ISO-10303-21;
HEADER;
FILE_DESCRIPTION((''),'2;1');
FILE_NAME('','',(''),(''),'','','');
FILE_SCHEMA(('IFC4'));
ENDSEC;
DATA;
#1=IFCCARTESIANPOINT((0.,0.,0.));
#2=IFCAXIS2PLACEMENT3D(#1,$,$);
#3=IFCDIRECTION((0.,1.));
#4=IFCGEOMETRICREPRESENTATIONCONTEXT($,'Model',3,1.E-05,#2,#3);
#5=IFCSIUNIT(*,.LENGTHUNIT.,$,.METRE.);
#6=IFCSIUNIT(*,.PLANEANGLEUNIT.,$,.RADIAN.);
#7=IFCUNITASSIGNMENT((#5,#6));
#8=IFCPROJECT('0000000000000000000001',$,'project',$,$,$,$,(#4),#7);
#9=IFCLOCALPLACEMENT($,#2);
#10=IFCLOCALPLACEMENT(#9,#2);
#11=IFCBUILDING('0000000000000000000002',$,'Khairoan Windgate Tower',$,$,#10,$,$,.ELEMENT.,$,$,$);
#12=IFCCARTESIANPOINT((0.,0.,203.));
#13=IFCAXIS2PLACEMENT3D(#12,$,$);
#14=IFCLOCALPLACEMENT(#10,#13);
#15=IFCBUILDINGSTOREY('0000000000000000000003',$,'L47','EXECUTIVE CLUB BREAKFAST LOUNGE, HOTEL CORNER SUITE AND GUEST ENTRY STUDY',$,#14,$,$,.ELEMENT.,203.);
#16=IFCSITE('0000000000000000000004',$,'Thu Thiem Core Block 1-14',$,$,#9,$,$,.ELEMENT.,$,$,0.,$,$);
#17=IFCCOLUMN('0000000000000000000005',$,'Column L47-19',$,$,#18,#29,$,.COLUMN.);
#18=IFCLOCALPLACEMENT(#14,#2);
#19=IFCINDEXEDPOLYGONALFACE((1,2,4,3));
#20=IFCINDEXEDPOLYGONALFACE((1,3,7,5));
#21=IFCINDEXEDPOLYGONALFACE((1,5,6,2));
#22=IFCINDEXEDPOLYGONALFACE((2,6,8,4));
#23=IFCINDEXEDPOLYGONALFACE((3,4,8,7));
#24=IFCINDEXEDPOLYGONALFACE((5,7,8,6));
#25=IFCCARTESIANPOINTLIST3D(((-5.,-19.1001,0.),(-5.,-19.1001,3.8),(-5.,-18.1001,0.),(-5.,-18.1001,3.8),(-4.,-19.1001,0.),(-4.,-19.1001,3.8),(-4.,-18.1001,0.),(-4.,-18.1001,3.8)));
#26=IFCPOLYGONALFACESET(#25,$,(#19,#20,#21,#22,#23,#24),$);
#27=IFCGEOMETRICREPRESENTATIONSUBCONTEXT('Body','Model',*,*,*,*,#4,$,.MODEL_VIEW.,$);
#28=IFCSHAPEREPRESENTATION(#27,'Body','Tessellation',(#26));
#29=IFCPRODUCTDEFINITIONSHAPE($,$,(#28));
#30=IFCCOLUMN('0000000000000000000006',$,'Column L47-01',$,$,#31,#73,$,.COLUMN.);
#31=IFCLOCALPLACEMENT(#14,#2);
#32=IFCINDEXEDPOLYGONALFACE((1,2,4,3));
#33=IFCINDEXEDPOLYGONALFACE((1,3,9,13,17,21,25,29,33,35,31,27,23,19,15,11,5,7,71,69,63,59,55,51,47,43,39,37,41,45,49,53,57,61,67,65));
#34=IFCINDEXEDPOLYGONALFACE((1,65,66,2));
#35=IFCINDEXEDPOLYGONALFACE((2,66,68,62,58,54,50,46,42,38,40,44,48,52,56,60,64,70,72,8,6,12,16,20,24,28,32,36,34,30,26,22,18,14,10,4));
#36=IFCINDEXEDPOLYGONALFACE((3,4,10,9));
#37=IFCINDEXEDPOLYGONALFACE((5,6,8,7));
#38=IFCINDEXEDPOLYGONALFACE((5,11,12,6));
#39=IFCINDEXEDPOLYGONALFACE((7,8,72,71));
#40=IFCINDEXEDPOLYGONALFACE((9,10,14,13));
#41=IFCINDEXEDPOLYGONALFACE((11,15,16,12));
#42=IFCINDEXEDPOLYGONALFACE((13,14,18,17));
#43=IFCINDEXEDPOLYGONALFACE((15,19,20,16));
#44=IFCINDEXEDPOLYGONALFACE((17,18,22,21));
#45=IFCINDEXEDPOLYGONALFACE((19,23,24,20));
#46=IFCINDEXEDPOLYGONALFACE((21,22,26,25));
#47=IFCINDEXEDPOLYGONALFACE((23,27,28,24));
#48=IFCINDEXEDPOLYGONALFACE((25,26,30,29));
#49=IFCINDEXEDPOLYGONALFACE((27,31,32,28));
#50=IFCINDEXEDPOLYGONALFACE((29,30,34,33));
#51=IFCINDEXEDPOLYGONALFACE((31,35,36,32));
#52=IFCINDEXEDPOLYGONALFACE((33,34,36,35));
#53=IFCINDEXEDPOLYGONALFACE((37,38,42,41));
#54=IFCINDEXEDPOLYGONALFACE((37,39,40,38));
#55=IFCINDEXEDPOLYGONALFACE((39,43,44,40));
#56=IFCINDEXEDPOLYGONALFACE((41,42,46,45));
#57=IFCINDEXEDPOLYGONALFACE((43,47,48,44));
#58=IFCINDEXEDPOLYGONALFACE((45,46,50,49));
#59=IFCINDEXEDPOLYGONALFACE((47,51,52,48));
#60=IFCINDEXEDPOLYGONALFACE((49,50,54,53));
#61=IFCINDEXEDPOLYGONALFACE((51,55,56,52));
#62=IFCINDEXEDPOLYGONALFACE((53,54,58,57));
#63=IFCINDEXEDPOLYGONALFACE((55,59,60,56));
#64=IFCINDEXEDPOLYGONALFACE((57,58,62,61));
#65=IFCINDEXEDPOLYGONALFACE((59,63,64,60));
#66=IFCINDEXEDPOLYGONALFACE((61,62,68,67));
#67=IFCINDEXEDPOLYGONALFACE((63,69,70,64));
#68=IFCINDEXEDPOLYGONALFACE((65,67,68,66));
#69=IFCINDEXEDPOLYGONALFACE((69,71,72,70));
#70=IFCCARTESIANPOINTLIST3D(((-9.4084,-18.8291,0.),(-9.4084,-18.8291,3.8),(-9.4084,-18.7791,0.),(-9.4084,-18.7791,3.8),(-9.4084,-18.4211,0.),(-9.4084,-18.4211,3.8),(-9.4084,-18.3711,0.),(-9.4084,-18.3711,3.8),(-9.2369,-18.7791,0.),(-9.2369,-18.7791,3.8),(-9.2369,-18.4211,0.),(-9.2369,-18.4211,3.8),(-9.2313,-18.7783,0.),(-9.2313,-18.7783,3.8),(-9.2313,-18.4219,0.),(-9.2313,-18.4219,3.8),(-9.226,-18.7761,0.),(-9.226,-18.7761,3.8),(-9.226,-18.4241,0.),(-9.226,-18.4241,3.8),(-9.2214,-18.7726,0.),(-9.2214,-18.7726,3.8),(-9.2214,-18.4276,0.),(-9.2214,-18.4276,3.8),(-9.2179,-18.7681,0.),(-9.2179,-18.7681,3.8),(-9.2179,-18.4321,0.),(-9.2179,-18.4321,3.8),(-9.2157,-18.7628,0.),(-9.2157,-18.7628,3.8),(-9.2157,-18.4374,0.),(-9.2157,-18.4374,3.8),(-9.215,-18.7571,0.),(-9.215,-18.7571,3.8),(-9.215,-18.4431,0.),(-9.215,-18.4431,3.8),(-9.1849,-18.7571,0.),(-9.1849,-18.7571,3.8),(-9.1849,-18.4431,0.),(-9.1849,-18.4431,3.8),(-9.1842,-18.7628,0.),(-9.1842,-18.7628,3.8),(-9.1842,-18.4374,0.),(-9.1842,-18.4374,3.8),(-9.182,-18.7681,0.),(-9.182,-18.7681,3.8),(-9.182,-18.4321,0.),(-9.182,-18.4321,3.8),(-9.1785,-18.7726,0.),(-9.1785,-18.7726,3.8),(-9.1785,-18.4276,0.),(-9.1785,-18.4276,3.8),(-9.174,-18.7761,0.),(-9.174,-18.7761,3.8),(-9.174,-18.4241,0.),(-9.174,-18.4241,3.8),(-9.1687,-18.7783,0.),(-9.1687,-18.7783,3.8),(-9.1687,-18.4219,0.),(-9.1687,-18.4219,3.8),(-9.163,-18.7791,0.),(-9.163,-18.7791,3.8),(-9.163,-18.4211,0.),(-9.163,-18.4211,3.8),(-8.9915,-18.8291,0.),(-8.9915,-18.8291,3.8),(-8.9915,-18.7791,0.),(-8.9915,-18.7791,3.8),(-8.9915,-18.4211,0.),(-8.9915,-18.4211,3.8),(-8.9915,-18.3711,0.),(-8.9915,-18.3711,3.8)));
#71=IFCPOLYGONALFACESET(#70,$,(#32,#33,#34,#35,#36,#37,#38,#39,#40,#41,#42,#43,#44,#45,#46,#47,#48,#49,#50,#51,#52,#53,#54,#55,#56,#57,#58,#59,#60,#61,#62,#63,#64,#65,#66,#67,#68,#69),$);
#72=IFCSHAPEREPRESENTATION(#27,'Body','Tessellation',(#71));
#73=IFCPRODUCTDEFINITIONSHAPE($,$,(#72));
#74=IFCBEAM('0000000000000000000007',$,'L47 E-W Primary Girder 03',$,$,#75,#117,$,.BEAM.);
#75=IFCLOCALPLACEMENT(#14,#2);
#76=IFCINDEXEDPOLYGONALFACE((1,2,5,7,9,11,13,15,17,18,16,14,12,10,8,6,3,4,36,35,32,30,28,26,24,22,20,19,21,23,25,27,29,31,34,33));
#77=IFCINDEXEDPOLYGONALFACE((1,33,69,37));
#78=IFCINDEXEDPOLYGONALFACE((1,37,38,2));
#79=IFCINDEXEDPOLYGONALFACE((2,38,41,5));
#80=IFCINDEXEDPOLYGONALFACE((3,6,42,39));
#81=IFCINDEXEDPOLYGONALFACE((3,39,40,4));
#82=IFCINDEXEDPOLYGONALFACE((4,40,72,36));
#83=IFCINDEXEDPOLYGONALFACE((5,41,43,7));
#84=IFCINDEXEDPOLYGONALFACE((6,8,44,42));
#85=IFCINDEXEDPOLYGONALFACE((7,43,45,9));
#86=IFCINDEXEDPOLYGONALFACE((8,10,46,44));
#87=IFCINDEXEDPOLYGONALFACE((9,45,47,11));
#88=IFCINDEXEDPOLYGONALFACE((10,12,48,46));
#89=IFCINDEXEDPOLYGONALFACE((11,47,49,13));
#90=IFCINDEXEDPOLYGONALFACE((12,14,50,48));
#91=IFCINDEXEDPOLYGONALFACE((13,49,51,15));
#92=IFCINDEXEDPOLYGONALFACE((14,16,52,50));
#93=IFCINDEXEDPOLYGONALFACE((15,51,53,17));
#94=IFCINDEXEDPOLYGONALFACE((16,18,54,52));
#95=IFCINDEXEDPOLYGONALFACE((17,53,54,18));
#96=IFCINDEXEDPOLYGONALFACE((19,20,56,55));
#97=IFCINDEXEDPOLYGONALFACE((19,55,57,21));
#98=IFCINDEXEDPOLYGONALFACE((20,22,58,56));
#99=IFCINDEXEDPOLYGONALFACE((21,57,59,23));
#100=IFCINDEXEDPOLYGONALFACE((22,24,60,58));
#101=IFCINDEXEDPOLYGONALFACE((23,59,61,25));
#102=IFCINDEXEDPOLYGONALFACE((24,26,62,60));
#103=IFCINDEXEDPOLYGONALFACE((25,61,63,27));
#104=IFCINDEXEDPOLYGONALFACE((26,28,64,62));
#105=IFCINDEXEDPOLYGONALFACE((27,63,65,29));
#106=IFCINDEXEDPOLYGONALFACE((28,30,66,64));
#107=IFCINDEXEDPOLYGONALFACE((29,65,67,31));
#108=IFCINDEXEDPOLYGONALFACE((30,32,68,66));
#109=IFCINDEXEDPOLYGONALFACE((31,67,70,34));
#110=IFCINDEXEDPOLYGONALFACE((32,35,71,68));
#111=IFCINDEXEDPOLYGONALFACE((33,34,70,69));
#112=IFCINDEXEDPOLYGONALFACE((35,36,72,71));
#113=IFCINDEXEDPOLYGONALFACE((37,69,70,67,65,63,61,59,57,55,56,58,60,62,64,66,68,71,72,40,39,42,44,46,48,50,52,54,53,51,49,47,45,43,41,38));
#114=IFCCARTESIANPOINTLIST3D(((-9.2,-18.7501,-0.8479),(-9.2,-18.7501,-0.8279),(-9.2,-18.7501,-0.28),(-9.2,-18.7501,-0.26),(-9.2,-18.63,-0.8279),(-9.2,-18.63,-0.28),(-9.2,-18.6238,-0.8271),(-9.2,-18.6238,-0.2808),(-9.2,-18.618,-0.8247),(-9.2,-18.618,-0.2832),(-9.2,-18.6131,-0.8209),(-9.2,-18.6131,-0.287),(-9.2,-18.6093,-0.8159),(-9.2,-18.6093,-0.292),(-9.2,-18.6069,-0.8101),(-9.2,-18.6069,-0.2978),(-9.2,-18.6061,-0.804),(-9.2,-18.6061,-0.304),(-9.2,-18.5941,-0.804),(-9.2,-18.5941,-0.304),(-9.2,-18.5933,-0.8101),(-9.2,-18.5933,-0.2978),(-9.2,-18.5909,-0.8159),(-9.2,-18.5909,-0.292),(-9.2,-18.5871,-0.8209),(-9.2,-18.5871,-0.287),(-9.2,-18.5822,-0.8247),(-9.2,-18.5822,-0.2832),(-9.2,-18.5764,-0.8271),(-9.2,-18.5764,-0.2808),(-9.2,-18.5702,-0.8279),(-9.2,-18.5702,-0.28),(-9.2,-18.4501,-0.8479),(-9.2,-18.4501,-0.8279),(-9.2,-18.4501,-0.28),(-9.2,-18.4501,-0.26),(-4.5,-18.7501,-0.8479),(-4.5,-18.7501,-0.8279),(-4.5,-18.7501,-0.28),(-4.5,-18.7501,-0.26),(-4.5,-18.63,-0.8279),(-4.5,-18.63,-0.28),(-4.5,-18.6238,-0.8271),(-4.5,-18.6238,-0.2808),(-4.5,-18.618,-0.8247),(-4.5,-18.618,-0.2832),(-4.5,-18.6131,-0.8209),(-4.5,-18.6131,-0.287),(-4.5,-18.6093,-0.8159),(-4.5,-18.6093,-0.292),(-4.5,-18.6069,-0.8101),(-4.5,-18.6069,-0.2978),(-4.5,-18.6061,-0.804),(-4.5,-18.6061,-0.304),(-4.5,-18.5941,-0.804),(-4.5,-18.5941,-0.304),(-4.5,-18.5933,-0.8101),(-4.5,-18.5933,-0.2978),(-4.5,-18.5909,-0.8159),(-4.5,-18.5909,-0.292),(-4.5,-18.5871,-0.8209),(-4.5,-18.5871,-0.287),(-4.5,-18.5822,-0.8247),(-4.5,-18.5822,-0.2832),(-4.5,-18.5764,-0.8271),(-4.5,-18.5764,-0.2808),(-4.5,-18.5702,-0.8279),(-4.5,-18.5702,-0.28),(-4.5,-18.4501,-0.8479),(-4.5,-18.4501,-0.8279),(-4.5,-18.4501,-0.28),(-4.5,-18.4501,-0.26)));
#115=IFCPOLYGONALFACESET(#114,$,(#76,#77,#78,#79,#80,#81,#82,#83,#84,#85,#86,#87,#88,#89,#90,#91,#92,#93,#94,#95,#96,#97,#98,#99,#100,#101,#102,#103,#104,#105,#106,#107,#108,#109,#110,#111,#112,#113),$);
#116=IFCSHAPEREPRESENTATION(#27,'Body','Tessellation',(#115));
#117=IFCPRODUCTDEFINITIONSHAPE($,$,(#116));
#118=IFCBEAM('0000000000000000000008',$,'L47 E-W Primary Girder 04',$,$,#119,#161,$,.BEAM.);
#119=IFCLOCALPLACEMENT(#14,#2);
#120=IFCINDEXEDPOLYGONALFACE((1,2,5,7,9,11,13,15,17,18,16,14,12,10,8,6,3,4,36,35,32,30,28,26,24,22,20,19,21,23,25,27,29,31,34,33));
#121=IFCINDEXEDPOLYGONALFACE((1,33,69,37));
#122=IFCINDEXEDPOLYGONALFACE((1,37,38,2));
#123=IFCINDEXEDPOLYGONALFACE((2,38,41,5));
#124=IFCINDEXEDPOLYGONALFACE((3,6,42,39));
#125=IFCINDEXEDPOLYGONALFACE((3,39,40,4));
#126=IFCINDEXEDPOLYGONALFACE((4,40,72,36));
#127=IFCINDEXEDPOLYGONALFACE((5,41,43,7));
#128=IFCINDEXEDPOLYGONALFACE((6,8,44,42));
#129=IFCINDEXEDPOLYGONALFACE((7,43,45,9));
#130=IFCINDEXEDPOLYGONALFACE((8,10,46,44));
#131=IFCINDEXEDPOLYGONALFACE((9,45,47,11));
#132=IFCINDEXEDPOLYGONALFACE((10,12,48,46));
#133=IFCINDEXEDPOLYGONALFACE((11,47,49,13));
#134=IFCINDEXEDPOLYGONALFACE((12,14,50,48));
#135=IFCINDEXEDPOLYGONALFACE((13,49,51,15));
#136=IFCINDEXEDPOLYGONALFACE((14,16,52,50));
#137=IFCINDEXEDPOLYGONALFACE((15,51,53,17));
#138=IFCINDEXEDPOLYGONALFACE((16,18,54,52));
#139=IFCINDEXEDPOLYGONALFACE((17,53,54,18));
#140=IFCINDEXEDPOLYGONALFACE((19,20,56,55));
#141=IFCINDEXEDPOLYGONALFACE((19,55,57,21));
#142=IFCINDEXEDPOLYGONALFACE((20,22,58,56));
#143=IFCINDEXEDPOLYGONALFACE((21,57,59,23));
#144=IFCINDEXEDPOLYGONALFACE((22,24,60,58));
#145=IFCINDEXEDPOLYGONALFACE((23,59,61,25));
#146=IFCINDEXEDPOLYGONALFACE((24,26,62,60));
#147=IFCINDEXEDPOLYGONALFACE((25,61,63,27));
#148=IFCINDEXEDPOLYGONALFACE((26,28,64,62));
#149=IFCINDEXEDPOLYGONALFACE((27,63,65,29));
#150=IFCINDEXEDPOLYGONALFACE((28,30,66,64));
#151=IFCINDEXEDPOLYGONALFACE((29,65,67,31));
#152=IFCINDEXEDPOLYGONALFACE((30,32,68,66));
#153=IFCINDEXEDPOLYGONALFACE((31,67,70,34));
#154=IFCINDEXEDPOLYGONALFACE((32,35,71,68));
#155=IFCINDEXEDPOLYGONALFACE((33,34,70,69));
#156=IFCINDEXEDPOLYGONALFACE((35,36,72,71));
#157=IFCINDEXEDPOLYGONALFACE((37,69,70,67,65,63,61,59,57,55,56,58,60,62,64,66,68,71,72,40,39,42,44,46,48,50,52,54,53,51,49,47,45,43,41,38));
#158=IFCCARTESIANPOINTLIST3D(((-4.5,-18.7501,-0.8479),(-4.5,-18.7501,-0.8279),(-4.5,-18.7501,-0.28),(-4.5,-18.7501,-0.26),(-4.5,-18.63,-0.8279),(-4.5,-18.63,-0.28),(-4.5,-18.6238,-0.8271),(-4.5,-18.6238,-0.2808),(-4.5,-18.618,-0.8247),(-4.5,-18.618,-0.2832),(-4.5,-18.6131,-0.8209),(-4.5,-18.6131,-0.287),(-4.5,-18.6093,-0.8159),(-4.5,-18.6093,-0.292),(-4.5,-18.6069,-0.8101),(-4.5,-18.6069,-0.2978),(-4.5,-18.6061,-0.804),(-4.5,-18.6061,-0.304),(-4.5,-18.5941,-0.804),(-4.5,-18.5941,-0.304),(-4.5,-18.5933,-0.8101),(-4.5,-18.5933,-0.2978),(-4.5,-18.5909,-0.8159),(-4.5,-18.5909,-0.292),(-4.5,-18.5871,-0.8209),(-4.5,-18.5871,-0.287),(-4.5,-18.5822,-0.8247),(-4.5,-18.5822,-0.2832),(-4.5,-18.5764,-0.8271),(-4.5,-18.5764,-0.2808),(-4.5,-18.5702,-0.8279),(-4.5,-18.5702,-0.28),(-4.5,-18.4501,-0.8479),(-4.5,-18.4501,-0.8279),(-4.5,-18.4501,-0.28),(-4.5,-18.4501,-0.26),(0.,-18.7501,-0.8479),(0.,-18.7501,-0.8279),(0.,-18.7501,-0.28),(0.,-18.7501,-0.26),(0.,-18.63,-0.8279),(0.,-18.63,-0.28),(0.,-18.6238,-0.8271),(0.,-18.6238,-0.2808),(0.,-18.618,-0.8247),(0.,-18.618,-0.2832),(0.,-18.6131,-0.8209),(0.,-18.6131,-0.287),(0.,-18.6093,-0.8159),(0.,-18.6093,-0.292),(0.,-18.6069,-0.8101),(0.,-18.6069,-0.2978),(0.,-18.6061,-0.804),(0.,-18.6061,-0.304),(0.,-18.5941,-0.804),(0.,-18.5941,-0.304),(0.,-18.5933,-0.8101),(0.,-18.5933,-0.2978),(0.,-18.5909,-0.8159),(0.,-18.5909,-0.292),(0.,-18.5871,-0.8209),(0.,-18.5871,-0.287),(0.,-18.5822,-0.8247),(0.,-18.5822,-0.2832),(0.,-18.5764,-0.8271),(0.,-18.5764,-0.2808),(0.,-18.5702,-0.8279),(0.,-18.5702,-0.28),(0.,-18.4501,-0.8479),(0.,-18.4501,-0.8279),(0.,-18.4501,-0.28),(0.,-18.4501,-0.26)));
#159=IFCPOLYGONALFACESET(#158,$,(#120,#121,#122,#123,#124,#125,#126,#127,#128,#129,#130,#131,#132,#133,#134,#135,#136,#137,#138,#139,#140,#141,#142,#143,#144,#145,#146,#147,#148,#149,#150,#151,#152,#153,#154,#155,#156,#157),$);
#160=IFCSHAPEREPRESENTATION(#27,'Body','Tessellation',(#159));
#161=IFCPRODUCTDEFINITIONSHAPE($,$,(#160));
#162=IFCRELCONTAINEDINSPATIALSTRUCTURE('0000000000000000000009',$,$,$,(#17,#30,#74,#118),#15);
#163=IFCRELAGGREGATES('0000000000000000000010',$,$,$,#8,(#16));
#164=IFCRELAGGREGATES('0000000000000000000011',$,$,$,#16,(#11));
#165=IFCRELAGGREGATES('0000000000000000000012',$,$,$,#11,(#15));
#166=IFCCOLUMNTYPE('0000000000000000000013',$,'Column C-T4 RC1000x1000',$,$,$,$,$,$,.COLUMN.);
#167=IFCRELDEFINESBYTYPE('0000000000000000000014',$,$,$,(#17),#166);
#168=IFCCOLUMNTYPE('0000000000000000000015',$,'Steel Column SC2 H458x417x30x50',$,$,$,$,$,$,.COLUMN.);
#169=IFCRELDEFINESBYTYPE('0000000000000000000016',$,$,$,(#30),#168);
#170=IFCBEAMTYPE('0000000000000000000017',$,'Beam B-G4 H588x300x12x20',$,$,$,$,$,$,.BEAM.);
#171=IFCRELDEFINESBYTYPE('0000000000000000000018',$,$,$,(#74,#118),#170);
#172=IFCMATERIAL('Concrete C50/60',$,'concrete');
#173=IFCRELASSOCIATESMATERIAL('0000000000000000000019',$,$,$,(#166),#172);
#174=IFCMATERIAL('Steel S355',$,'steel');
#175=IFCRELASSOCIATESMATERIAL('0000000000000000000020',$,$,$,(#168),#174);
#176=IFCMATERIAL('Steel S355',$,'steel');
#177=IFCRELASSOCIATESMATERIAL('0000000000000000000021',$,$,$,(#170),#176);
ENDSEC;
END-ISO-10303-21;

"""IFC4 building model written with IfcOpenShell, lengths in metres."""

from ifc_helpers import new_model, si_unit, direction, frame, origin, origin_2d, place, context, subcontext, project, spatial, rectangle, i_section, extrude, material, material_profile, profile_set, type_object, element, save


model = new_model("IFC4")

# Units and contexts
model_context = context("Model", 3, precision=1e-05, world=origin(), true_north=direction((0.0, 1.0)))
body_context = subcontext(model_context, "Body", "Model", "MODEL_VIEW")
ifc_project = project(units=[si_unit("LENGTHUNIT", "METRE"), si_unit("PLANEANGLEUNIT", "RADIAN")], contexts=[model_context])

# Site, building, storey
site_placement = place(None, origin())
site = spatial("IfcSite", under=ifc_project, at=site_placement, Name="Thu Thiem Core Block 1-14", CompositionType="ELEMENT", RefElevation=0.0)
building_placement = place(site_placement, origin())
building = spatial("IfcBuilding", under=site, at=building_placement, Name="Khairoan Windgate Tower", CompositionType="ELEMENT")
storey_placement = place(building_placement, frame((0.0, 0.0, 203.0)))
storey = spatial("IfcBuildingStorey", under=building, at=storey_placement, Name="L47", Description="EXECUTIVE CLUB BREAKFAST LOUNGE, HOTEL CORNER SUITE AND GUEST ENTRY STUDY", CompositionType="ELEMENT", Elevation=203.0)

# Columns
ifc_material_1 = material(Name="Concrete C50/60", Category="concrete")
ifc_material_profile_1 = material_profile(ifc_material_1, rectangle(XDim=1.0, YDim=1.0, at=origin_2d()))
ifc_profile_set_1 = profile_set([ifc_material_profile_1], Name="Concrete C50/60")
column_type_1 = type_object("IfcColumnType", Name="Column C-T4 RC1000x1000", PredefinedType="COLUMN", material=ifc_profile_set_1)
column_1_placement = place(storey_placement, frame((-4.5, -18.6001, 0.0), z_axis=(0.0, 0.0, 1.0), x_axis=(1.0, 0.0, 0.0)))
element("IfcColumn", 1, at=column_1_placement, inside=storey, type_object=column_type_1, Name="Column L47-19", PredefinedType="COLUMN", context=body_context, shape_type="SweptSolid", body=[
    extrude(rectangle(XDim=1.0, YDim=1.0, at=origin_2d()), origin(), (0.0, 0.0, 1.0), 3.8),
])
ifc_material_2 = material(Name="Steel S355", Category="steel")
ifc_material_profile_2 = material_profile(ifc_material_2, i_section(OverallWidth=0.417, OverallDepth=0.458, WebThickness=0.03, FlangeThickness=0.05, FilletRadius=0.022, at=origin_2d()))
ifc_profile_set_2 = profile_set([ifc_material_profile_2], Name="Steel S355")
column_type_2 = type_object("IfcColumnType", Name="Steel Column SC2 H458x417x30x50", PredefinedType="COLUMN", material=ifc_profile_set_2)
column_2_placement = place(storey_placement, frame((-9.2, -18.6001, 0.0), z_axis=(0.0, 0.0, 1.0), x_axis=(1.0, 0.0, 0.0)))
element("IfcColumn", 2, at=column_2_placement, inside=storey, type_object=column_type_2, Name="Column L47-01", PredefinedType="COLUMN", context=body_context, shape_type="SweptSolid", body=[
    extrude(i_section(OverallWidth=0.417, OverallDepth=0.458, WebThickness=0.03, FlangeThickness=0.05, FilletRadius=0.022, at=origin_2d()), origin(), (0.0, 0.0, 1.0), 3.8),
])

# Beams
ifc_material_3 = material(Name="Steel S355", Category="steel")
ifc_material_profile_3 = material_profile(ifc_material_3, i_section(OverallWidth=0.3, OverallDepth=0.5879, WebThickness=0.012, FlangeThickness=0.02, FilletRadius=0.0239, at=origin_2d()))
ifc_profile_set_3 = profile_set([ifc_material_profile_3], Name="Steel S355")
beam_type_1 = type_object("IfcBeamType", Name="Beam B-G4 H588x300x12x20", PredefinedType="BEAM", material=ifc_profile_set_3)
beam_1_placement = place(storey_placement, frame((-9.2, -18.6001, -0.554), z_axis=(1.0, 0.0, 0.0), x_axis=(0.0, 1.0, 0.0)))
element("IfcBeam", 3, at=beam_1_placement, inside=storey, type_object=beam_type_1, Name="L47 E-W Primary Girder 03", PredefinedType="BEAM", context=body_context, shape_type="SweptSolid", body=[
    extrude(i_section(OverallWidth=0.3, OverallDepth=0.5879, WebThickness=0.012, FlangeThickness=0.02, FilletRadius=0.0239, at=origin_2d()), origin(), (0.0, 0.0, 1.0), 4.7),
])
beam_2_placement = place(storey_placement, frame((-4.5, -18.6001, -0.554), z_axis=(1.0, 0.0, 0.0), x_axis=(0.0, 1.0, 0.0)))
element("IfcBeam", 4, at=beam_2_placement, inside=storey, type_object=beam_type_1, Name="L47 E-W Primary Girder 04", PredefinedType="BEAM", context=body_context, shape_type="SweptSolid", body=[
    extrude(i_section(OverallWidth=0.3, OverallDepth=0.5879, WebThickness=0.012, FlangeThickness=0.02, FilletRadius=0.0239, at=origin_2d()), origin(), (0.0, 0.0, 1.0), 4.5),
])

save(model, "model.ifc")
